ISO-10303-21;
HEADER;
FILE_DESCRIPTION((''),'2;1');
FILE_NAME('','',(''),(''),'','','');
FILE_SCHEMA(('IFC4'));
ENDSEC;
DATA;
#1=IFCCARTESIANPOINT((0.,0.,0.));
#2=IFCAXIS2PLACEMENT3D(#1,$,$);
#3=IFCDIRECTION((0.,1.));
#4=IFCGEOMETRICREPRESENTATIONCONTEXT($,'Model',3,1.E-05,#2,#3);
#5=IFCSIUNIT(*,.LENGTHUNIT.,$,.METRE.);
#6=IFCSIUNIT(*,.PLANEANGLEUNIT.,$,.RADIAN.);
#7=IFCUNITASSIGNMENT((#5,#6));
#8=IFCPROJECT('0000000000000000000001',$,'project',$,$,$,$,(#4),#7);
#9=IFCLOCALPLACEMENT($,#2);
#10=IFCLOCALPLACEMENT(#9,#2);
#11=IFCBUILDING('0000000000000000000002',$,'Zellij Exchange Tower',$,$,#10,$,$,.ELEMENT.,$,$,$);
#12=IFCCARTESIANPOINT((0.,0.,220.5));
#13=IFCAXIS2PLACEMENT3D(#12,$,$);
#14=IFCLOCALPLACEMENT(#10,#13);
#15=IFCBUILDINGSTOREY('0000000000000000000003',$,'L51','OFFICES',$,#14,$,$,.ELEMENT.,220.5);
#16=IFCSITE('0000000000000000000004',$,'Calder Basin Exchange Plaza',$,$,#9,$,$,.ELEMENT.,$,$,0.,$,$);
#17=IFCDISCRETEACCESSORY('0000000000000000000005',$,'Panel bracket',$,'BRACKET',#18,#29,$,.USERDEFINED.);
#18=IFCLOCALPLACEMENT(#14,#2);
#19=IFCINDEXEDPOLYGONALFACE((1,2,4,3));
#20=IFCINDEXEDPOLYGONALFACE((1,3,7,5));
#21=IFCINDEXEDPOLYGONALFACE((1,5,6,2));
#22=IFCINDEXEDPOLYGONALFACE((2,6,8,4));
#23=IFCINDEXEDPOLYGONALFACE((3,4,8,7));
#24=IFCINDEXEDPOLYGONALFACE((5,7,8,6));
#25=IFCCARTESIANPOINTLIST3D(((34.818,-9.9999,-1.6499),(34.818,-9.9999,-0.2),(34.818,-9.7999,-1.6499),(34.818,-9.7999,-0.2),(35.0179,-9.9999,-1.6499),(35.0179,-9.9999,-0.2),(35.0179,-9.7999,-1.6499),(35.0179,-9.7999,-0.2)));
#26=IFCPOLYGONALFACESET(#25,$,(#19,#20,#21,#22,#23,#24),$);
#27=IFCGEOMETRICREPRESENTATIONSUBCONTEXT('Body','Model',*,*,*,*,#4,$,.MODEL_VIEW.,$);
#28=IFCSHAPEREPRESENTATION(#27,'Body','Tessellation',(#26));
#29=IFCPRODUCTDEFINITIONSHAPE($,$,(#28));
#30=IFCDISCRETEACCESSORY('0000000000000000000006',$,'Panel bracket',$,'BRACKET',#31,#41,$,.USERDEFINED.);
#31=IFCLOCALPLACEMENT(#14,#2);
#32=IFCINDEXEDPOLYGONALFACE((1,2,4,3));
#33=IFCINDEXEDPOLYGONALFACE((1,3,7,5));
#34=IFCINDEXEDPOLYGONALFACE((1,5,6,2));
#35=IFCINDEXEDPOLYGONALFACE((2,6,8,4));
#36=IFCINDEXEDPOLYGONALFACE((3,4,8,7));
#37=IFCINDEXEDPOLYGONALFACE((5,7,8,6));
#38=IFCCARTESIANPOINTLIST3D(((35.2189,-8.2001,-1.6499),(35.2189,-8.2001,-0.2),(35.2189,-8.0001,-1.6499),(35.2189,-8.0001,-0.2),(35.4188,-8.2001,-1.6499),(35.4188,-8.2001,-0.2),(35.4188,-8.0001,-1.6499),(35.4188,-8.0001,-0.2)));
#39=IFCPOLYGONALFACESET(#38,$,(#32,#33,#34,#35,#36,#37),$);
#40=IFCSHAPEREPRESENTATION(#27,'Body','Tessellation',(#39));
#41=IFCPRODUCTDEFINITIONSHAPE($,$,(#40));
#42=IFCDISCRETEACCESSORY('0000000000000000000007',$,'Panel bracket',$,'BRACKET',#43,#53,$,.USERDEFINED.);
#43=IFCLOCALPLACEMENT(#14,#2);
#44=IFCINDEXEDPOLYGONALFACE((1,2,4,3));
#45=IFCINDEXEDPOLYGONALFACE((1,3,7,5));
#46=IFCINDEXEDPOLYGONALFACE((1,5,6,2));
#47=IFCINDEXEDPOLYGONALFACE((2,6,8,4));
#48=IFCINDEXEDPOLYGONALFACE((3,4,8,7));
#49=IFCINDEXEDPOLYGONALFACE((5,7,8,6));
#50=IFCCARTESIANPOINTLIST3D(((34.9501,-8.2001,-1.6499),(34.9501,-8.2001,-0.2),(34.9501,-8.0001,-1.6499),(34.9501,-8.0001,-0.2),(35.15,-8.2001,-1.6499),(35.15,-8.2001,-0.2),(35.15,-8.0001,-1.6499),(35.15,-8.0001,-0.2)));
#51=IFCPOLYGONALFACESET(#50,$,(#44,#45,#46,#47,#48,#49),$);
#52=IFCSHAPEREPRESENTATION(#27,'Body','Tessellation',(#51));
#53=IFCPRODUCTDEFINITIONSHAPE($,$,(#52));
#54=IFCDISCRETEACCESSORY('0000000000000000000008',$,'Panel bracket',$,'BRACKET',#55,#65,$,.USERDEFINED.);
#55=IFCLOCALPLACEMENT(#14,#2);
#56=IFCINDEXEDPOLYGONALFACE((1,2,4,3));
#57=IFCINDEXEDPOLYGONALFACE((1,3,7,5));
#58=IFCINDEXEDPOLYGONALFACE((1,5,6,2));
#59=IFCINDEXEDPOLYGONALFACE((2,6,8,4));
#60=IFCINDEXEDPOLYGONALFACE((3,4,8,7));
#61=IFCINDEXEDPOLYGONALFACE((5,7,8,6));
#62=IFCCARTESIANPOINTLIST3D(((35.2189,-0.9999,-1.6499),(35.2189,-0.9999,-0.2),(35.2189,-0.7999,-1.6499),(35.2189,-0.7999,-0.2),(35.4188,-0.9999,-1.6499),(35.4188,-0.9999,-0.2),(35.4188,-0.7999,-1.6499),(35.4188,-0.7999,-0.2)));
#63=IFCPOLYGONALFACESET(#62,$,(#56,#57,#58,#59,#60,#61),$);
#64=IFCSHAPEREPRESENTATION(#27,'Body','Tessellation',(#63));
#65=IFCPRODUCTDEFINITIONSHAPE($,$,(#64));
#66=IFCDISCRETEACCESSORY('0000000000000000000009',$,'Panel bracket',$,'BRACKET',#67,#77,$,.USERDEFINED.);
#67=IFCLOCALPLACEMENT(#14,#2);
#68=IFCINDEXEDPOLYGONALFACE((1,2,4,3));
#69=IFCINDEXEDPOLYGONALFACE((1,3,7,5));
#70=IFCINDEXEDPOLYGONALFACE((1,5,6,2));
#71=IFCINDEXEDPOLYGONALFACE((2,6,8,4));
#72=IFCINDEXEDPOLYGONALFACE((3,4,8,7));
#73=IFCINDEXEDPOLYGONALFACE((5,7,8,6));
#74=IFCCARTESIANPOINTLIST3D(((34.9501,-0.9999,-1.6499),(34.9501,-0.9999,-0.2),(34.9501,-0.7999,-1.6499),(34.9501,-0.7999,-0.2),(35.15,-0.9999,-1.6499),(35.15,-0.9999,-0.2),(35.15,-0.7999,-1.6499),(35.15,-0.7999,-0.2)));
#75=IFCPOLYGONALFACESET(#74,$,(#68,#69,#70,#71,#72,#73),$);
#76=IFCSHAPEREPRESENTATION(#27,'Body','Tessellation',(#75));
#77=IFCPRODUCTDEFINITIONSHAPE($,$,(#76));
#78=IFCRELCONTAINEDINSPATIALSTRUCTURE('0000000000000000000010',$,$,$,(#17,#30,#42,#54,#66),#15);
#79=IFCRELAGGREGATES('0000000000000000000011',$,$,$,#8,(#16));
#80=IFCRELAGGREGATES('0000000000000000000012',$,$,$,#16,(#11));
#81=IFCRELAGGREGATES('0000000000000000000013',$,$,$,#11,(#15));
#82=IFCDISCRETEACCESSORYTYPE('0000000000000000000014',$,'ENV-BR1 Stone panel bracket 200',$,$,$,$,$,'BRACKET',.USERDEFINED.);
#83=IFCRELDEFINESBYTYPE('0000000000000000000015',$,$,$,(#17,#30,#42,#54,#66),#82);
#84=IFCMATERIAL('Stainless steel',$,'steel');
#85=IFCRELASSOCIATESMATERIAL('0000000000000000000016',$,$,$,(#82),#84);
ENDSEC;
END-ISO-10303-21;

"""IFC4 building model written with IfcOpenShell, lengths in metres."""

from ifc_helpers import new_model, si_unit, direction, frame, origin, origin_2d, place, context, subcontext, project, spatial, rectangle, extrude, material, type_object, element, save


model = new_model("IFC4")

# Units and contexts
model_context = context("Model", 3, precision=1e-05, world=origin(), true_north=direction((0.0, 1.0)))
body_context = subcontext(model_context, "Body", "Model", "MODEL_VIEW")
ifc_project = project(units=[si_unit("LENGTHUNIT", "METRE"), si_unit("PLANEANGLEUNIT", "RADIAN")], contexts=[model_context])

# Site, building, storey
site_placement = place(None, origin())
site = spatial("IfcSite", under=ifc_project, at=site_placement, Name="Calder Basin Exchange Plaza", CompositionType="ELEMENT", RefElevation=0.0)
building_placement = place(site_placement, origin())
building = spatial("IfcBuilding", under=site, at=building_placement, Name="Zellij Exchange Tower", CompositionType="ELEMENT")
storey_placement = place(building_placement, frame((0.0, 0.0, 220.5)))
storey = spatial("IfcBuildingStorey", under=building, at=storey_placement, Name="L51", Description="OFFICES", CompositionType="ELEMENT", Elevation=220.5)

# Discrete accessories
ifc_material_1 = material(Name="Stainless steel", Category="steel")
discrete_accessory_type = type_object("IfcDiscreteAccessoryType", Name="ENV-BR1 Stone panel bracket 200", ElementType="BRACKET", PredefinedType="USERDEFINED", material=ifc_material_1)
for number, where, z_axis, x_axis, name in (
    (1, (34.918, -9.8999, -1.6499), (0.0, 0.0, 1.0), (1.0, 0.0, 0.0), "Panel bracket"),
    (2, (35.3188, -8.1001, -1.6499), (0.0, 0.0, 1.0), (1.0, 0.0, 0.0), "Panel bracket"),
    (3, (35.05, -8.1001, -1.6499), (0.0, 0.0, 1.0), (1.0, 0.0, 0.0), "Panel bracket"),
    (4, (35.3188, -0.8999, -1.6499), (0.0, 0.0, 1.0), (1.0, 0.0, 0.0), "Panel bracket"),
    (5, (35.05, -0.8999, -1.6499), (0.0, 0.0, 1.0), (1.0, 0.0, 0.0), "Panel bracket"),
):
    element("IfcDiscreteAccessory", number, at=place(storey_placement, frame(where, z_axis=z_axis, x_axis=x_axis)), inside=storey, type_object=discrete_accessory_type, Name=name, ObjectType="BRACKET", PredefinedType="USERDEFINED", context=body_context, shape_type="SweptSolid", body=[
        extrude(rectangle(XDim=0.2, YDim=0.2, at=origin_2d()), origin(), (0.0, 0.0, 1.0), 1.45),
    ])

save(model, "model.ifc")
